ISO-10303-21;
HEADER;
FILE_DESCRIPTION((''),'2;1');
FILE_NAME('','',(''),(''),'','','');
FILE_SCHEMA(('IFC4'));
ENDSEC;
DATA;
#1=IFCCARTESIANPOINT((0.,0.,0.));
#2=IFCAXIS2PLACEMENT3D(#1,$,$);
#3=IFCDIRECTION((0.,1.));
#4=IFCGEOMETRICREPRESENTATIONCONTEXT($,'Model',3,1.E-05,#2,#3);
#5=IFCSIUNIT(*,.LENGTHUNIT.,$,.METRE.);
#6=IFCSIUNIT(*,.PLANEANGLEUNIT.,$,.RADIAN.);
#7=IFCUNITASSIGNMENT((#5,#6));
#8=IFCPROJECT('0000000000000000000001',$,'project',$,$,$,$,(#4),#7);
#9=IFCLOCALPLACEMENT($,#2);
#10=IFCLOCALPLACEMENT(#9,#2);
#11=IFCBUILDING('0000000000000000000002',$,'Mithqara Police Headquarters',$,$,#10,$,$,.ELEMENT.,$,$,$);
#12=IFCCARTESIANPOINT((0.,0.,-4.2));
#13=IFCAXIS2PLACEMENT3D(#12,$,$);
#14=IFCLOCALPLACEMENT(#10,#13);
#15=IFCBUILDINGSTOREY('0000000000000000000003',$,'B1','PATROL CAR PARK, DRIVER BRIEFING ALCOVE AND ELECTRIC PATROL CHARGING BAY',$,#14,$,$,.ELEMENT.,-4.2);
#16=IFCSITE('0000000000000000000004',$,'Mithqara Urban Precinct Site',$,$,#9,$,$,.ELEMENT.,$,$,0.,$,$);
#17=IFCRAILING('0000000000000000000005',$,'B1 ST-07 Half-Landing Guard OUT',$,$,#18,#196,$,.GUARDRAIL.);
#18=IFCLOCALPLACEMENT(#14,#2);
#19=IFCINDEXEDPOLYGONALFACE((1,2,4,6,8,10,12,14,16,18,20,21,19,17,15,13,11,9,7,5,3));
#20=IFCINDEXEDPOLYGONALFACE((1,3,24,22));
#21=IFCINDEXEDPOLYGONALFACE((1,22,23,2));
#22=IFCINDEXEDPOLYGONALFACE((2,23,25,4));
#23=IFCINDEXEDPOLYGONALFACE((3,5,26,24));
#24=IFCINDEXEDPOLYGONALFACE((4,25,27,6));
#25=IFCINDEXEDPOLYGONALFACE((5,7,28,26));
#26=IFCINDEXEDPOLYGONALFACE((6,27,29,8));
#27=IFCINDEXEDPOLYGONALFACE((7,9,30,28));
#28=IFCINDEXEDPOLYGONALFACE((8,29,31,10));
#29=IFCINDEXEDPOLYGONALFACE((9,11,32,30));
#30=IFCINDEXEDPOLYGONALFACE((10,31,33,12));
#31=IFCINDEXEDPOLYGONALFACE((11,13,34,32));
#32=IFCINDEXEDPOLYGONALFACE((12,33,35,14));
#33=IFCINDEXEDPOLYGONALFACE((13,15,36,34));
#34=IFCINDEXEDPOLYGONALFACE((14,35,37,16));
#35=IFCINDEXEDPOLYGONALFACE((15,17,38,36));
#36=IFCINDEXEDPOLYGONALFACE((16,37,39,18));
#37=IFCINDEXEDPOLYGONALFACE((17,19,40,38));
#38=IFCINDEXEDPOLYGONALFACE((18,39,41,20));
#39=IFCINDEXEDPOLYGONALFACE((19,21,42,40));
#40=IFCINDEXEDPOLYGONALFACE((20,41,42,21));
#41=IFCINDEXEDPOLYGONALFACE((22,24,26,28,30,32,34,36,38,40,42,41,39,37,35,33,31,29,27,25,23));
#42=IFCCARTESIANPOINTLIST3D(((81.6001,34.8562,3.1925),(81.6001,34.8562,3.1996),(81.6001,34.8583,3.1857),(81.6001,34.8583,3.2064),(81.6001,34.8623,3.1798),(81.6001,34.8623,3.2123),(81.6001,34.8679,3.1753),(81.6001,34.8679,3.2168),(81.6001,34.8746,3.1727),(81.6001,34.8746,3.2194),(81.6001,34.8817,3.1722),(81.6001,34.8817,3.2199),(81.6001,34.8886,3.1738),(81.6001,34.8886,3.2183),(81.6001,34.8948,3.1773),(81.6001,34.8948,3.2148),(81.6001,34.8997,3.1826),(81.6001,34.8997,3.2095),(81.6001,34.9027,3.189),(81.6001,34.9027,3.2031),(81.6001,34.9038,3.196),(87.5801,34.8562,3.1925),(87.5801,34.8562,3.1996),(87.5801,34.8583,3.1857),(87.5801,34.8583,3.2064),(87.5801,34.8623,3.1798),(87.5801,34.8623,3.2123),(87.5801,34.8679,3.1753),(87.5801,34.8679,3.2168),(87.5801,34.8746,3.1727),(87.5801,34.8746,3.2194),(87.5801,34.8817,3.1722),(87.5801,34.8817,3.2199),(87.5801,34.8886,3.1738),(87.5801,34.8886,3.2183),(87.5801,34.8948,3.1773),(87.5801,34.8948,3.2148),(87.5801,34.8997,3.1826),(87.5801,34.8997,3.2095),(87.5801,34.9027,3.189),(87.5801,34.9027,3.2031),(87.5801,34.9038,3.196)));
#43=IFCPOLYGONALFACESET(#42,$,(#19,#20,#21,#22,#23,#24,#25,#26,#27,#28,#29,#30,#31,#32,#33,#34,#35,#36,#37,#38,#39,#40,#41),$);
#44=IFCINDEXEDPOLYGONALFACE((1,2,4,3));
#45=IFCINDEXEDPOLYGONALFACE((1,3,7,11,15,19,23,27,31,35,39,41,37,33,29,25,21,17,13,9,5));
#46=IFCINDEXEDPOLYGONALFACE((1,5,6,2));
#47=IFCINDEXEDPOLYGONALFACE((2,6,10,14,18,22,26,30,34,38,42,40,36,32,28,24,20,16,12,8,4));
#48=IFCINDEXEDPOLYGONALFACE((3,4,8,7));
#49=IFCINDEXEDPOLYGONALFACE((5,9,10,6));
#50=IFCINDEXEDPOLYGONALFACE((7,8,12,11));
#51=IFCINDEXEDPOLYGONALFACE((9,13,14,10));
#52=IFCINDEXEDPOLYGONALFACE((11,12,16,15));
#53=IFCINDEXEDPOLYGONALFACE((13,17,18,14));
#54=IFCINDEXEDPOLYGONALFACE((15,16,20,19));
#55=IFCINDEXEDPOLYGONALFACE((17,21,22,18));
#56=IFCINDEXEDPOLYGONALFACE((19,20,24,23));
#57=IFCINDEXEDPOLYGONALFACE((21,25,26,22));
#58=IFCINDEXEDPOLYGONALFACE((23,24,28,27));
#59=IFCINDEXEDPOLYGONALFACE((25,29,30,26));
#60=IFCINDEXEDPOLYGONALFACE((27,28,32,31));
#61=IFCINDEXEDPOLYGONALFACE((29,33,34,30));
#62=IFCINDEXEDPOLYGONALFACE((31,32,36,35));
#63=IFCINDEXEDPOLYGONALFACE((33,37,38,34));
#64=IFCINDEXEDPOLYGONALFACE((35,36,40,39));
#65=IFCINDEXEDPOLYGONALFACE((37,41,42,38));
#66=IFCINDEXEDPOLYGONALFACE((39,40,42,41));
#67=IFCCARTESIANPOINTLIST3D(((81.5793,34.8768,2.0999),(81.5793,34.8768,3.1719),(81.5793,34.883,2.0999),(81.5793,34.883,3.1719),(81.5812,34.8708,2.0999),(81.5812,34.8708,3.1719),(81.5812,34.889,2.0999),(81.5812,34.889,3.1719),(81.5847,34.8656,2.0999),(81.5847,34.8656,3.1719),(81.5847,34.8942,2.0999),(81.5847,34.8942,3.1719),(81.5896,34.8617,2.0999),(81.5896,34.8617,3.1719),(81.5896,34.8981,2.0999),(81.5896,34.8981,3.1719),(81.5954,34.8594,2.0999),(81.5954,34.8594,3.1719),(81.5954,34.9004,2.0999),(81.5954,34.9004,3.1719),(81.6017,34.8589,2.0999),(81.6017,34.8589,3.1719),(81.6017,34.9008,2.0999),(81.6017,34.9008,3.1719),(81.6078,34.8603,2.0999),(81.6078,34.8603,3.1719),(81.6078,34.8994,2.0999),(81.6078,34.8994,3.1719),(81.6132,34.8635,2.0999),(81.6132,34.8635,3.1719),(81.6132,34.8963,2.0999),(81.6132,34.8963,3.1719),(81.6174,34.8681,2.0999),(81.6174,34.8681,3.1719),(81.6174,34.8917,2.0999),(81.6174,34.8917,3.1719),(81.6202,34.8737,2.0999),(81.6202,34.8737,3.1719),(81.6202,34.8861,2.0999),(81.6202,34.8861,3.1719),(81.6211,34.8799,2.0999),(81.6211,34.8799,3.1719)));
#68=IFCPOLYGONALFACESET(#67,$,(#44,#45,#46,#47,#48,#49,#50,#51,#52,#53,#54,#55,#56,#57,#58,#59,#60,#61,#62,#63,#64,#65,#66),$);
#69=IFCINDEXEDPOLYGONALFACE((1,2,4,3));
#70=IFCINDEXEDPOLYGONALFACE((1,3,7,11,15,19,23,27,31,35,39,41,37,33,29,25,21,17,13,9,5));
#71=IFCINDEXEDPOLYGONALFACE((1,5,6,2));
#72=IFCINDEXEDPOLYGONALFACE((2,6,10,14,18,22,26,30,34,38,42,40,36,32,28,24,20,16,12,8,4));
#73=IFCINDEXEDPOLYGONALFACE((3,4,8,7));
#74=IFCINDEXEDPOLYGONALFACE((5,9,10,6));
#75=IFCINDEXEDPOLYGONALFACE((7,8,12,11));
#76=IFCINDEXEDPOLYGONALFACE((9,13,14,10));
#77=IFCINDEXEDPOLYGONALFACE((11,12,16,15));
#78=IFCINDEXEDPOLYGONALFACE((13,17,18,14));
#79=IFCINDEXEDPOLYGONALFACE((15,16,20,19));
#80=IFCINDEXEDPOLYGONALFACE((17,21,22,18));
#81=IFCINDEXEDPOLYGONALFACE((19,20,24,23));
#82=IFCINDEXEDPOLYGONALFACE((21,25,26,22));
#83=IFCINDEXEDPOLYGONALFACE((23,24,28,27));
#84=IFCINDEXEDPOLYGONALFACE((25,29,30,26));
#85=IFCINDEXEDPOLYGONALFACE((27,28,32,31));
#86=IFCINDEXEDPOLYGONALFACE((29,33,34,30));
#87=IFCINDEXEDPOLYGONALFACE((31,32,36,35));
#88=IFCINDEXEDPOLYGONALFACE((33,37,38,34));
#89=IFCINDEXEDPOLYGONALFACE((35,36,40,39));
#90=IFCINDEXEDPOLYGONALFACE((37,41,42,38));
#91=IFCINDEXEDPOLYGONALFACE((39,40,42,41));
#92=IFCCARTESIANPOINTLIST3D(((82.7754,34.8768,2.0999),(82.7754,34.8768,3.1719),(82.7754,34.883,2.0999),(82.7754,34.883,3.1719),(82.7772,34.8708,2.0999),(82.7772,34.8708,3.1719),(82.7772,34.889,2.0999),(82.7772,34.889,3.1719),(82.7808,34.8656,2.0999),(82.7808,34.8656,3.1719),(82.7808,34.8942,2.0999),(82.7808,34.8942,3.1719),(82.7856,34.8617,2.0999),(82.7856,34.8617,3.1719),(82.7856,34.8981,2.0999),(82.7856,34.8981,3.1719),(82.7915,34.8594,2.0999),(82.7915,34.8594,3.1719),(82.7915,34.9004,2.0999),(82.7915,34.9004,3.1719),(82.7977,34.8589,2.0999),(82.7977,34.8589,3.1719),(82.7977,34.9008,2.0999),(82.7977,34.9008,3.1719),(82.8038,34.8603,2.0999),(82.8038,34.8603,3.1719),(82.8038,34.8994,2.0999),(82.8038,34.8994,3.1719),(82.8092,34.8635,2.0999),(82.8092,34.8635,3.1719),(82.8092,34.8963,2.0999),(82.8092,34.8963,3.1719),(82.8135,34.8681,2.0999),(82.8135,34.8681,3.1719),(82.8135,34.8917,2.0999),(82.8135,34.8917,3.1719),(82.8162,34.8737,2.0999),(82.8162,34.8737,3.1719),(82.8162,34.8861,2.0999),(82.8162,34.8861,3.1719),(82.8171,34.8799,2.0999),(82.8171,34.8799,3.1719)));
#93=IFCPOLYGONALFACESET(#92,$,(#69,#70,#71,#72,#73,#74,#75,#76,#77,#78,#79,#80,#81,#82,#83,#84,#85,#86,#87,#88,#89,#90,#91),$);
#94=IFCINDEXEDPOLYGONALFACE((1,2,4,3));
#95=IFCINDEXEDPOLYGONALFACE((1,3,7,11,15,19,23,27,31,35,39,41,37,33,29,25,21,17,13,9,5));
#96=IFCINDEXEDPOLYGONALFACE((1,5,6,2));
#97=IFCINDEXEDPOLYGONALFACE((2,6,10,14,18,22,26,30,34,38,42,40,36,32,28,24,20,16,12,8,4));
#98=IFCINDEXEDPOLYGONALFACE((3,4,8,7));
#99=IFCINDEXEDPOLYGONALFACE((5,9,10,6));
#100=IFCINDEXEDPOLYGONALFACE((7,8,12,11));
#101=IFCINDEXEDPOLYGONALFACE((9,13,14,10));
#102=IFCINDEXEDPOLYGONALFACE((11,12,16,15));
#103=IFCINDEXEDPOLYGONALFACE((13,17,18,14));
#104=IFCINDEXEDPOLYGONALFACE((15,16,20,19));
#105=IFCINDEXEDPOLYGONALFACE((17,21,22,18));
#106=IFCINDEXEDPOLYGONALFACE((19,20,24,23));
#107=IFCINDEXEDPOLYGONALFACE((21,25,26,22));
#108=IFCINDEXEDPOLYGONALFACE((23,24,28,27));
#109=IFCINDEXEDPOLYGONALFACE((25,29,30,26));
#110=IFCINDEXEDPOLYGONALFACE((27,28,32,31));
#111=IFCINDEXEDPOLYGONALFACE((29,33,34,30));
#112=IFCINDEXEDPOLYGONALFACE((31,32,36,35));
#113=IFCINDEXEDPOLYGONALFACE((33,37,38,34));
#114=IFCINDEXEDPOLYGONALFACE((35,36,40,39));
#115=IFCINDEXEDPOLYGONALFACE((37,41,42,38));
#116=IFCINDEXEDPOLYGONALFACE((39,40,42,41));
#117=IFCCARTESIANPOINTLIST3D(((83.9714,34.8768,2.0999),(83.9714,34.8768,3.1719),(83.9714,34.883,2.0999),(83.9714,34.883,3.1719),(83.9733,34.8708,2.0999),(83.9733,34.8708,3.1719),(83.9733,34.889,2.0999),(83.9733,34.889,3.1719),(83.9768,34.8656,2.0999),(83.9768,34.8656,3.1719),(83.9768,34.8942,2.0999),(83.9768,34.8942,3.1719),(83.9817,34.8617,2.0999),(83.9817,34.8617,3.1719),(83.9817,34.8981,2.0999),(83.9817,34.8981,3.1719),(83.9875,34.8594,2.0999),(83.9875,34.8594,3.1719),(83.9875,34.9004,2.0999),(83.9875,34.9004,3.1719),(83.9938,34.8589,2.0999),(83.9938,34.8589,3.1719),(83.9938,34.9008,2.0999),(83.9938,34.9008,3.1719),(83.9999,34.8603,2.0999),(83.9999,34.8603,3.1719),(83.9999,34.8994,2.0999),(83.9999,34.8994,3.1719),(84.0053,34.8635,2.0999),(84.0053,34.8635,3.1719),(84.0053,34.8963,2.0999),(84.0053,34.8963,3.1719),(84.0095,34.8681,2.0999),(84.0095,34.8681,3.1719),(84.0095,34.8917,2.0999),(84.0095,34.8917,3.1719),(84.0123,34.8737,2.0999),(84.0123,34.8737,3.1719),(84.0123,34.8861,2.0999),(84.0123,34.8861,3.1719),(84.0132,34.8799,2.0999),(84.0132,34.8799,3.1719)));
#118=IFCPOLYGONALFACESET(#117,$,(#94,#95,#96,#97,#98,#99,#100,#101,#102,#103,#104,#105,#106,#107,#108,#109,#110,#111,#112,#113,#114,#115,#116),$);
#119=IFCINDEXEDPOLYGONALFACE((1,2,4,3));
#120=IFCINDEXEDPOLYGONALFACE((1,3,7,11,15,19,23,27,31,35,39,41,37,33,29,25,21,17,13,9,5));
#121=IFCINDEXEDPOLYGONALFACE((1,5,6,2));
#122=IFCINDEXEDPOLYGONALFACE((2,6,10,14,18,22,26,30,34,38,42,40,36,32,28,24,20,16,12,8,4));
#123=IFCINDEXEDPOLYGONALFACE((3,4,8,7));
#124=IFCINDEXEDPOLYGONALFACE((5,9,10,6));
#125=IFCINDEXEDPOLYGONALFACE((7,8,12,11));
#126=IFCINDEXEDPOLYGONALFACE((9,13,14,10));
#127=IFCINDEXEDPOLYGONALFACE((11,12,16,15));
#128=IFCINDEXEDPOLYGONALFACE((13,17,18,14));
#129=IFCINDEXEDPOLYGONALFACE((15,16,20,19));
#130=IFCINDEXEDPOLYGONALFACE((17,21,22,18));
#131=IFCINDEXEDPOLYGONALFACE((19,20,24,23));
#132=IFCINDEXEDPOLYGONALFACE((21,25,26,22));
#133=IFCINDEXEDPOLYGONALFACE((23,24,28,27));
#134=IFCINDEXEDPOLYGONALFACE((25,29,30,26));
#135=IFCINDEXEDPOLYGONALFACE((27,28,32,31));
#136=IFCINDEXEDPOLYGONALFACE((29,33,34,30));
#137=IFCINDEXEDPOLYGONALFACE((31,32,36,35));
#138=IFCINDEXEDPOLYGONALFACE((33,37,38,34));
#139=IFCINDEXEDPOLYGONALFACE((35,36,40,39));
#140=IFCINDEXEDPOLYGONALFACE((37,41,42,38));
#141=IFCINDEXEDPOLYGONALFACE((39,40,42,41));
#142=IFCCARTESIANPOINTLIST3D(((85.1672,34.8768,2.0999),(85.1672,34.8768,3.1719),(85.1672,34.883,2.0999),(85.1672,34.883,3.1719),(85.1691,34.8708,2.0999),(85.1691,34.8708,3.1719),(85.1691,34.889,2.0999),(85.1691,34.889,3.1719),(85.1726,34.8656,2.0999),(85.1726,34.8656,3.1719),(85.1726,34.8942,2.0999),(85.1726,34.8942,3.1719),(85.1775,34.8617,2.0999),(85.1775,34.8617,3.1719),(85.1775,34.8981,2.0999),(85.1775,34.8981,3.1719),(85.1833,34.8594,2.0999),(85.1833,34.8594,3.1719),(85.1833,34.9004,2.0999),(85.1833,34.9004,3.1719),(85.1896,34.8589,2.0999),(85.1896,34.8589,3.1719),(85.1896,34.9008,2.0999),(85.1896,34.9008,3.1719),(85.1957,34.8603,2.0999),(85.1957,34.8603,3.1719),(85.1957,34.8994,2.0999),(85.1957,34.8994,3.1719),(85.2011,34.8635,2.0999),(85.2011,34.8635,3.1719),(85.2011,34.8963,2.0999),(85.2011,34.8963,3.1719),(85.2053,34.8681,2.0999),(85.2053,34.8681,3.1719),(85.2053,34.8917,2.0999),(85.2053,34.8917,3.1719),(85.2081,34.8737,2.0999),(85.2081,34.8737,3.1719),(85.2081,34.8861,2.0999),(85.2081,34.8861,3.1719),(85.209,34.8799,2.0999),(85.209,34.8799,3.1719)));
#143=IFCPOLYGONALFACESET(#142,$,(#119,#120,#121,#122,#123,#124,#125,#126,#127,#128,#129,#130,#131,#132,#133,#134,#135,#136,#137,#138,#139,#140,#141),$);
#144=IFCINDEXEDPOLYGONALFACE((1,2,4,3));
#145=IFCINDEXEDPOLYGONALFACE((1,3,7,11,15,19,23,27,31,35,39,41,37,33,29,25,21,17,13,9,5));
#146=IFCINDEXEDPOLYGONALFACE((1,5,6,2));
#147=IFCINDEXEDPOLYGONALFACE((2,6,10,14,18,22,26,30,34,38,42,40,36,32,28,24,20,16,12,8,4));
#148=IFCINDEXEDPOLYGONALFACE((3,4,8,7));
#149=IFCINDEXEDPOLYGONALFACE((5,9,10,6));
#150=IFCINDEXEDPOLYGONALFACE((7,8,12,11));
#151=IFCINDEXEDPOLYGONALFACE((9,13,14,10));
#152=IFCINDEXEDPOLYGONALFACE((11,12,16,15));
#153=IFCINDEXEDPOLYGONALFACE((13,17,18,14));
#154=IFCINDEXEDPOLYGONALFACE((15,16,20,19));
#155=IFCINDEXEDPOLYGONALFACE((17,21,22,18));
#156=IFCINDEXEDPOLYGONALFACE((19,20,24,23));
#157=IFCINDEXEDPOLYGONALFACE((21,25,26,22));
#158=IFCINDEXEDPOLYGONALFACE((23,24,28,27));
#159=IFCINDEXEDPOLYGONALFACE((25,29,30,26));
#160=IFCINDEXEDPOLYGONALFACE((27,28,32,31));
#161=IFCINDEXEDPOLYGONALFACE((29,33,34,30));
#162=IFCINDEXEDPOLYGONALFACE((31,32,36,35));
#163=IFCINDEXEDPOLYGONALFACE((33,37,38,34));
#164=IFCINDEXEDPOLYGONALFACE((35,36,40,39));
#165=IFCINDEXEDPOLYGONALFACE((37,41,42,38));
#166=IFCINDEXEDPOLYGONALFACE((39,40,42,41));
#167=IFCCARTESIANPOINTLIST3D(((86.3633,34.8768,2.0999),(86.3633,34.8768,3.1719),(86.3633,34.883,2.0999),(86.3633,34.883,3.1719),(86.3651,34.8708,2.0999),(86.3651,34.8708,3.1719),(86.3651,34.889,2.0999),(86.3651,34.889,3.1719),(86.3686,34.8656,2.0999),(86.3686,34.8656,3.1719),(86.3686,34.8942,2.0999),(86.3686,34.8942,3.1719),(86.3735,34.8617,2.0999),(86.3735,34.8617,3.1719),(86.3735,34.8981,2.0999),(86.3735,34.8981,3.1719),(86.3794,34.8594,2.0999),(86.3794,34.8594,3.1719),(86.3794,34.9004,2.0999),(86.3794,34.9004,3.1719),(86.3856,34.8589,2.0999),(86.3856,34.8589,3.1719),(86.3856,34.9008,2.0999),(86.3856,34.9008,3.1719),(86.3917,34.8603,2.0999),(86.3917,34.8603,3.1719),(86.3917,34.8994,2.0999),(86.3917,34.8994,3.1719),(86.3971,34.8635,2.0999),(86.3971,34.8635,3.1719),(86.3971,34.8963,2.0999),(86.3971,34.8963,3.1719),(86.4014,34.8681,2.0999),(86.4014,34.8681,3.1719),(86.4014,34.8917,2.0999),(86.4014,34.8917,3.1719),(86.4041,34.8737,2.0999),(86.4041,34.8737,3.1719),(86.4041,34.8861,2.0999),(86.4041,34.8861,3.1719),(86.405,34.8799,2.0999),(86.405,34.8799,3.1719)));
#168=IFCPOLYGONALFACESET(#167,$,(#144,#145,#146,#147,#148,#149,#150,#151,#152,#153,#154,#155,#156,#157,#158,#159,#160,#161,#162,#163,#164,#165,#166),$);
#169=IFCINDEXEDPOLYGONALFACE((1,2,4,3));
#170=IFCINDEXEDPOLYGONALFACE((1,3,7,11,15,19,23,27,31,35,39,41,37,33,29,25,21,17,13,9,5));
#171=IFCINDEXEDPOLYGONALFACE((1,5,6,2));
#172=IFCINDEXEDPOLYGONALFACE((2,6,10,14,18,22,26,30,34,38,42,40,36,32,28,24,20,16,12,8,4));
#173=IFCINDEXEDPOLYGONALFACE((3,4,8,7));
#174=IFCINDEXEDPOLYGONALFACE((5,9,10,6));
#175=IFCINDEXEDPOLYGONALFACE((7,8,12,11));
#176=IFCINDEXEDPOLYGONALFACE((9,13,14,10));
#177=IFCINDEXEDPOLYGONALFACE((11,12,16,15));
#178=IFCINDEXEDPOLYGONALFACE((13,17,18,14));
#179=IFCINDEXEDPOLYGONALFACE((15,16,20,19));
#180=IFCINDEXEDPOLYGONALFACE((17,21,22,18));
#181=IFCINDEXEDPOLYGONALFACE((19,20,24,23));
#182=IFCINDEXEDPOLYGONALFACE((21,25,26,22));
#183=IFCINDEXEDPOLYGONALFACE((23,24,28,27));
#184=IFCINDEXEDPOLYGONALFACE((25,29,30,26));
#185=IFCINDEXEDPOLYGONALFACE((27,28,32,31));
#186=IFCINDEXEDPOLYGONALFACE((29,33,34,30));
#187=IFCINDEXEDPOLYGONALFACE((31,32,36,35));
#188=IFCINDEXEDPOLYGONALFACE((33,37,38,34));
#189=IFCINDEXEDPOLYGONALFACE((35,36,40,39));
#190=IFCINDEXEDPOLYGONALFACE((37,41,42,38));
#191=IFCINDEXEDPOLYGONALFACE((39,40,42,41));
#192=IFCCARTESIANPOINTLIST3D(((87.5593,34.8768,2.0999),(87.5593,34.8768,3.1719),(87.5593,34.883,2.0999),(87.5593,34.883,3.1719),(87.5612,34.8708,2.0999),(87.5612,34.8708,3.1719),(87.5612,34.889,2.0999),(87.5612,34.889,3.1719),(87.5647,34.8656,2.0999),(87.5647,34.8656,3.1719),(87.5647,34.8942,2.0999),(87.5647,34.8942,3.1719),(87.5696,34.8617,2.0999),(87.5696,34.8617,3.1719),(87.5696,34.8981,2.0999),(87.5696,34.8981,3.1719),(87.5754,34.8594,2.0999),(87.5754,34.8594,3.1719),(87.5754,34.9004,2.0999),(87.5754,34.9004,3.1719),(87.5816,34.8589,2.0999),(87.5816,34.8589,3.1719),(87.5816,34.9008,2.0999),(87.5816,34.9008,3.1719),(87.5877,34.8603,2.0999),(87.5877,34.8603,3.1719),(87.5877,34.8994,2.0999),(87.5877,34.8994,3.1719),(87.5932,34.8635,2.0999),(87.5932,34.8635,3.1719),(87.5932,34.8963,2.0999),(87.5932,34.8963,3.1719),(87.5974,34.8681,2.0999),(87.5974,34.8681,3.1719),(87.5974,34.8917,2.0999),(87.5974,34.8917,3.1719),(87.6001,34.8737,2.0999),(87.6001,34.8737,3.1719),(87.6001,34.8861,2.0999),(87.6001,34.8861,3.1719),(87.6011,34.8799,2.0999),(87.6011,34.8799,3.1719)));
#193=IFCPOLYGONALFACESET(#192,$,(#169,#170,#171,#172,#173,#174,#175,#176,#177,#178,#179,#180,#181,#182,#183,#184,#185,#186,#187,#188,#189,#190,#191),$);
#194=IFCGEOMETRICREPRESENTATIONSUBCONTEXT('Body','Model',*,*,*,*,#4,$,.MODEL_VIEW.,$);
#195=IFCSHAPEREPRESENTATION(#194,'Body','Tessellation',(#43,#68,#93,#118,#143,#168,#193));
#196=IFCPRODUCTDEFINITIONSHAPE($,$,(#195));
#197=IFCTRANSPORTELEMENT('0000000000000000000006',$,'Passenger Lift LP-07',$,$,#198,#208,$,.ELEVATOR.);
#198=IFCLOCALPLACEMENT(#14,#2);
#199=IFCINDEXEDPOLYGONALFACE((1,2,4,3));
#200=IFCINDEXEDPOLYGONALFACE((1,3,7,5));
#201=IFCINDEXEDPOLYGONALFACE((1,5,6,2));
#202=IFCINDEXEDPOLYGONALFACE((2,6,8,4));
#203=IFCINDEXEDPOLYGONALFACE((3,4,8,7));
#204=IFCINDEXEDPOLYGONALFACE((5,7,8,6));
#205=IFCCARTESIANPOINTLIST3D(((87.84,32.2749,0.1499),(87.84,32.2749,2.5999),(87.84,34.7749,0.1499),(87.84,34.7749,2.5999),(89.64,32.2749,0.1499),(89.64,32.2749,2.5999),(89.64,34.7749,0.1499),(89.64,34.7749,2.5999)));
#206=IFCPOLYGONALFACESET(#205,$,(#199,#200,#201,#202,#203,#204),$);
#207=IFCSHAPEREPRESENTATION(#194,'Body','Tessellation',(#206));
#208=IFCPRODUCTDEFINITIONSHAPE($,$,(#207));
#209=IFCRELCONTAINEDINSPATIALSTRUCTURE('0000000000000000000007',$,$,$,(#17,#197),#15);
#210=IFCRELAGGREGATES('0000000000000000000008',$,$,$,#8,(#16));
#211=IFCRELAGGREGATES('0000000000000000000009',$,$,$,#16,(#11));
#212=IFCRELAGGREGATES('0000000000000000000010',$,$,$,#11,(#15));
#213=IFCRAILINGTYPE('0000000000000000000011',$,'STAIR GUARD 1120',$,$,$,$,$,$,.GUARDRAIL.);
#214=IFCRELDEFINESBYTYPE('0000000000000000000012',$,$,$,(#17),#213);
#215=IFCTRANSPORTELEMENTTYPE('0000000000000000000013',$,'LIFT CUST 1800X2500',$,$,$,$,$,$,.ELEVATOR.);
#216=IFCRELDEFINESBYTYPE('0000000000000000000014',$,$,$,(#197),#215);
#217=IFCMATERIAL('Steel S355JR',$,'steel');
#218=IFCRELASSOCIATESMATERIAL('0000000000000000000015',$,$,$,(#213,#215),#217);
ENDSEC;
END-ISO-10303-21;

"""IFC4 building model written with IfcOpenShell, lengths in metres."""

from ifc_helpers import new_model, si_unit, direction, frame, origin, origin_2d, place, context, subcontext, project, spatial, rectangle, circle, extrude, material, type_object, element, save


model = new_model("IFC4")

# Units and contexts
model_context = context("Model", 3, precision=1e-05, world=origin(), true_north=direction((0.0, 1.0)))
body_context = subcontext(model_context, "Body", "Model", "MODEL_VIEW")
ifc_project = project(units=[si_unit("LENGTHUNIT", "METRE"), si_unit("PLANEANGLEUNIT", "RADIAN")], contexts=[model_context])

# Site, building, storey
site_placement = place(None, origin())
site = spatial("IfcSite", under=ifc_project, at=site_placement, Name="Mithqara Urban Precinct Site", CompositionType="ELEMENT", RefElevation=0.0)
building_placement = place(site_placement, origin())
building = spatial("IfcBuilding", under=site, at=building_placement, Name="Mithqara Police Headquarters", CompositionType="ELEMENT")
storey_placement = place(building_placement, frame((0.0, 0.0, -4.2)))
storey = spatial("IfcBuildingStorey", under=building, at=storey_placement, Name="B1", Description="PATROL CAR PARK, DRIVER BRIEFING ALCOVE AND ELECTRIC PATROL CHARGING BAY", CompositionType="ELEMENT", Elevation=-4.2)

# Railing
ifc_material_1 = material(Name="Steel S355JR", Category="steel")
railing_type_1 = type_object("IfcRailingType", Name="STAIR GUARD 1120", PredefinedType="GUARDRAIL", material=ifc_material_1)
for number, where, name in (
    (1, (81.6001, 34.8799, 2.0999), "B1 ST-07 Half-Landing Guard OUT"),
):
    element("IfcRailing", number, at=place(storey_placement, frame(where)), inside=storey, type_object=railing_type_1, Name=name, PredefinedType="GUARDRAIL", context=body_context, shape_type="SweptSolid", body=[
        extrude(circle(Radius=0.0239, at=origin_2d()), frame((0.0, 0.0, 1.0962), z_axis=(1.0, 0.0, 0.0), x_axis=(0.0, 1.0, 0.0)), (0.0, 0.0, 1.0), 5.98),
        extrude(circle(Radius=0.021, at=origin_2d()), origin(), (0.0, 0.0, 1.0), 1.072),
        extrude(circle(Radius=0.021, at=origin_2d()), frame((1.196, 0.0, 0.0)), (0.0, 0.0, 1.0), 1.072),
        extrude(circle(Radius=0.021, at=origin_2d()), frame((2.3921, 0.0, 0.0)), (0.0, 0.0, 1.0), 1.072),
        extrude(circle(Radius=0.021, at=origin_2d()), frame((3.5879, 0.0, 0.0)), (0.0, 0.0, 1.0), 1.072),
        extrude(circle(Radius=0.021, at=origin_2d()), frame((4.7839, 0.0, 0.0)), (0.0, 0.0, 1.0), 1.072),
        extrude(circle(Radius=0.021, at=origin_2d()), frame((5.98, 0.0, 0.0)), (0.0, 0.0, 1.0), 1.072),
    ])

# Transport element
transport_element_type = type_object("IfcTransportElementType", Name="LIFT CUST 1800X2500", PredefinedType="ELEVATOR", material=ifc_material_1)
transport_element_placement = place(storey_placement, frame((88.74, 33.5249, 0.1499), z_axis=(0.0, 0.0, 1.0), x_axis=(1.0, 0.0, 0.0)))
element("IfcTransportElement", 2, at=transport_element_placement, inside=storey, type_object=transport_element_type, Name="Passenger Lift LP-07", PredefinedType="ELEVATOR", context=body_context, shape_type="SweptSolid", body=[
    extrude(rectangle(XDim=1.8, YDim=2.5, at=origin_2d()), origin(), (0.0, 0.0, 1.0), 2.45),
])

save(model, "model.ifc")
